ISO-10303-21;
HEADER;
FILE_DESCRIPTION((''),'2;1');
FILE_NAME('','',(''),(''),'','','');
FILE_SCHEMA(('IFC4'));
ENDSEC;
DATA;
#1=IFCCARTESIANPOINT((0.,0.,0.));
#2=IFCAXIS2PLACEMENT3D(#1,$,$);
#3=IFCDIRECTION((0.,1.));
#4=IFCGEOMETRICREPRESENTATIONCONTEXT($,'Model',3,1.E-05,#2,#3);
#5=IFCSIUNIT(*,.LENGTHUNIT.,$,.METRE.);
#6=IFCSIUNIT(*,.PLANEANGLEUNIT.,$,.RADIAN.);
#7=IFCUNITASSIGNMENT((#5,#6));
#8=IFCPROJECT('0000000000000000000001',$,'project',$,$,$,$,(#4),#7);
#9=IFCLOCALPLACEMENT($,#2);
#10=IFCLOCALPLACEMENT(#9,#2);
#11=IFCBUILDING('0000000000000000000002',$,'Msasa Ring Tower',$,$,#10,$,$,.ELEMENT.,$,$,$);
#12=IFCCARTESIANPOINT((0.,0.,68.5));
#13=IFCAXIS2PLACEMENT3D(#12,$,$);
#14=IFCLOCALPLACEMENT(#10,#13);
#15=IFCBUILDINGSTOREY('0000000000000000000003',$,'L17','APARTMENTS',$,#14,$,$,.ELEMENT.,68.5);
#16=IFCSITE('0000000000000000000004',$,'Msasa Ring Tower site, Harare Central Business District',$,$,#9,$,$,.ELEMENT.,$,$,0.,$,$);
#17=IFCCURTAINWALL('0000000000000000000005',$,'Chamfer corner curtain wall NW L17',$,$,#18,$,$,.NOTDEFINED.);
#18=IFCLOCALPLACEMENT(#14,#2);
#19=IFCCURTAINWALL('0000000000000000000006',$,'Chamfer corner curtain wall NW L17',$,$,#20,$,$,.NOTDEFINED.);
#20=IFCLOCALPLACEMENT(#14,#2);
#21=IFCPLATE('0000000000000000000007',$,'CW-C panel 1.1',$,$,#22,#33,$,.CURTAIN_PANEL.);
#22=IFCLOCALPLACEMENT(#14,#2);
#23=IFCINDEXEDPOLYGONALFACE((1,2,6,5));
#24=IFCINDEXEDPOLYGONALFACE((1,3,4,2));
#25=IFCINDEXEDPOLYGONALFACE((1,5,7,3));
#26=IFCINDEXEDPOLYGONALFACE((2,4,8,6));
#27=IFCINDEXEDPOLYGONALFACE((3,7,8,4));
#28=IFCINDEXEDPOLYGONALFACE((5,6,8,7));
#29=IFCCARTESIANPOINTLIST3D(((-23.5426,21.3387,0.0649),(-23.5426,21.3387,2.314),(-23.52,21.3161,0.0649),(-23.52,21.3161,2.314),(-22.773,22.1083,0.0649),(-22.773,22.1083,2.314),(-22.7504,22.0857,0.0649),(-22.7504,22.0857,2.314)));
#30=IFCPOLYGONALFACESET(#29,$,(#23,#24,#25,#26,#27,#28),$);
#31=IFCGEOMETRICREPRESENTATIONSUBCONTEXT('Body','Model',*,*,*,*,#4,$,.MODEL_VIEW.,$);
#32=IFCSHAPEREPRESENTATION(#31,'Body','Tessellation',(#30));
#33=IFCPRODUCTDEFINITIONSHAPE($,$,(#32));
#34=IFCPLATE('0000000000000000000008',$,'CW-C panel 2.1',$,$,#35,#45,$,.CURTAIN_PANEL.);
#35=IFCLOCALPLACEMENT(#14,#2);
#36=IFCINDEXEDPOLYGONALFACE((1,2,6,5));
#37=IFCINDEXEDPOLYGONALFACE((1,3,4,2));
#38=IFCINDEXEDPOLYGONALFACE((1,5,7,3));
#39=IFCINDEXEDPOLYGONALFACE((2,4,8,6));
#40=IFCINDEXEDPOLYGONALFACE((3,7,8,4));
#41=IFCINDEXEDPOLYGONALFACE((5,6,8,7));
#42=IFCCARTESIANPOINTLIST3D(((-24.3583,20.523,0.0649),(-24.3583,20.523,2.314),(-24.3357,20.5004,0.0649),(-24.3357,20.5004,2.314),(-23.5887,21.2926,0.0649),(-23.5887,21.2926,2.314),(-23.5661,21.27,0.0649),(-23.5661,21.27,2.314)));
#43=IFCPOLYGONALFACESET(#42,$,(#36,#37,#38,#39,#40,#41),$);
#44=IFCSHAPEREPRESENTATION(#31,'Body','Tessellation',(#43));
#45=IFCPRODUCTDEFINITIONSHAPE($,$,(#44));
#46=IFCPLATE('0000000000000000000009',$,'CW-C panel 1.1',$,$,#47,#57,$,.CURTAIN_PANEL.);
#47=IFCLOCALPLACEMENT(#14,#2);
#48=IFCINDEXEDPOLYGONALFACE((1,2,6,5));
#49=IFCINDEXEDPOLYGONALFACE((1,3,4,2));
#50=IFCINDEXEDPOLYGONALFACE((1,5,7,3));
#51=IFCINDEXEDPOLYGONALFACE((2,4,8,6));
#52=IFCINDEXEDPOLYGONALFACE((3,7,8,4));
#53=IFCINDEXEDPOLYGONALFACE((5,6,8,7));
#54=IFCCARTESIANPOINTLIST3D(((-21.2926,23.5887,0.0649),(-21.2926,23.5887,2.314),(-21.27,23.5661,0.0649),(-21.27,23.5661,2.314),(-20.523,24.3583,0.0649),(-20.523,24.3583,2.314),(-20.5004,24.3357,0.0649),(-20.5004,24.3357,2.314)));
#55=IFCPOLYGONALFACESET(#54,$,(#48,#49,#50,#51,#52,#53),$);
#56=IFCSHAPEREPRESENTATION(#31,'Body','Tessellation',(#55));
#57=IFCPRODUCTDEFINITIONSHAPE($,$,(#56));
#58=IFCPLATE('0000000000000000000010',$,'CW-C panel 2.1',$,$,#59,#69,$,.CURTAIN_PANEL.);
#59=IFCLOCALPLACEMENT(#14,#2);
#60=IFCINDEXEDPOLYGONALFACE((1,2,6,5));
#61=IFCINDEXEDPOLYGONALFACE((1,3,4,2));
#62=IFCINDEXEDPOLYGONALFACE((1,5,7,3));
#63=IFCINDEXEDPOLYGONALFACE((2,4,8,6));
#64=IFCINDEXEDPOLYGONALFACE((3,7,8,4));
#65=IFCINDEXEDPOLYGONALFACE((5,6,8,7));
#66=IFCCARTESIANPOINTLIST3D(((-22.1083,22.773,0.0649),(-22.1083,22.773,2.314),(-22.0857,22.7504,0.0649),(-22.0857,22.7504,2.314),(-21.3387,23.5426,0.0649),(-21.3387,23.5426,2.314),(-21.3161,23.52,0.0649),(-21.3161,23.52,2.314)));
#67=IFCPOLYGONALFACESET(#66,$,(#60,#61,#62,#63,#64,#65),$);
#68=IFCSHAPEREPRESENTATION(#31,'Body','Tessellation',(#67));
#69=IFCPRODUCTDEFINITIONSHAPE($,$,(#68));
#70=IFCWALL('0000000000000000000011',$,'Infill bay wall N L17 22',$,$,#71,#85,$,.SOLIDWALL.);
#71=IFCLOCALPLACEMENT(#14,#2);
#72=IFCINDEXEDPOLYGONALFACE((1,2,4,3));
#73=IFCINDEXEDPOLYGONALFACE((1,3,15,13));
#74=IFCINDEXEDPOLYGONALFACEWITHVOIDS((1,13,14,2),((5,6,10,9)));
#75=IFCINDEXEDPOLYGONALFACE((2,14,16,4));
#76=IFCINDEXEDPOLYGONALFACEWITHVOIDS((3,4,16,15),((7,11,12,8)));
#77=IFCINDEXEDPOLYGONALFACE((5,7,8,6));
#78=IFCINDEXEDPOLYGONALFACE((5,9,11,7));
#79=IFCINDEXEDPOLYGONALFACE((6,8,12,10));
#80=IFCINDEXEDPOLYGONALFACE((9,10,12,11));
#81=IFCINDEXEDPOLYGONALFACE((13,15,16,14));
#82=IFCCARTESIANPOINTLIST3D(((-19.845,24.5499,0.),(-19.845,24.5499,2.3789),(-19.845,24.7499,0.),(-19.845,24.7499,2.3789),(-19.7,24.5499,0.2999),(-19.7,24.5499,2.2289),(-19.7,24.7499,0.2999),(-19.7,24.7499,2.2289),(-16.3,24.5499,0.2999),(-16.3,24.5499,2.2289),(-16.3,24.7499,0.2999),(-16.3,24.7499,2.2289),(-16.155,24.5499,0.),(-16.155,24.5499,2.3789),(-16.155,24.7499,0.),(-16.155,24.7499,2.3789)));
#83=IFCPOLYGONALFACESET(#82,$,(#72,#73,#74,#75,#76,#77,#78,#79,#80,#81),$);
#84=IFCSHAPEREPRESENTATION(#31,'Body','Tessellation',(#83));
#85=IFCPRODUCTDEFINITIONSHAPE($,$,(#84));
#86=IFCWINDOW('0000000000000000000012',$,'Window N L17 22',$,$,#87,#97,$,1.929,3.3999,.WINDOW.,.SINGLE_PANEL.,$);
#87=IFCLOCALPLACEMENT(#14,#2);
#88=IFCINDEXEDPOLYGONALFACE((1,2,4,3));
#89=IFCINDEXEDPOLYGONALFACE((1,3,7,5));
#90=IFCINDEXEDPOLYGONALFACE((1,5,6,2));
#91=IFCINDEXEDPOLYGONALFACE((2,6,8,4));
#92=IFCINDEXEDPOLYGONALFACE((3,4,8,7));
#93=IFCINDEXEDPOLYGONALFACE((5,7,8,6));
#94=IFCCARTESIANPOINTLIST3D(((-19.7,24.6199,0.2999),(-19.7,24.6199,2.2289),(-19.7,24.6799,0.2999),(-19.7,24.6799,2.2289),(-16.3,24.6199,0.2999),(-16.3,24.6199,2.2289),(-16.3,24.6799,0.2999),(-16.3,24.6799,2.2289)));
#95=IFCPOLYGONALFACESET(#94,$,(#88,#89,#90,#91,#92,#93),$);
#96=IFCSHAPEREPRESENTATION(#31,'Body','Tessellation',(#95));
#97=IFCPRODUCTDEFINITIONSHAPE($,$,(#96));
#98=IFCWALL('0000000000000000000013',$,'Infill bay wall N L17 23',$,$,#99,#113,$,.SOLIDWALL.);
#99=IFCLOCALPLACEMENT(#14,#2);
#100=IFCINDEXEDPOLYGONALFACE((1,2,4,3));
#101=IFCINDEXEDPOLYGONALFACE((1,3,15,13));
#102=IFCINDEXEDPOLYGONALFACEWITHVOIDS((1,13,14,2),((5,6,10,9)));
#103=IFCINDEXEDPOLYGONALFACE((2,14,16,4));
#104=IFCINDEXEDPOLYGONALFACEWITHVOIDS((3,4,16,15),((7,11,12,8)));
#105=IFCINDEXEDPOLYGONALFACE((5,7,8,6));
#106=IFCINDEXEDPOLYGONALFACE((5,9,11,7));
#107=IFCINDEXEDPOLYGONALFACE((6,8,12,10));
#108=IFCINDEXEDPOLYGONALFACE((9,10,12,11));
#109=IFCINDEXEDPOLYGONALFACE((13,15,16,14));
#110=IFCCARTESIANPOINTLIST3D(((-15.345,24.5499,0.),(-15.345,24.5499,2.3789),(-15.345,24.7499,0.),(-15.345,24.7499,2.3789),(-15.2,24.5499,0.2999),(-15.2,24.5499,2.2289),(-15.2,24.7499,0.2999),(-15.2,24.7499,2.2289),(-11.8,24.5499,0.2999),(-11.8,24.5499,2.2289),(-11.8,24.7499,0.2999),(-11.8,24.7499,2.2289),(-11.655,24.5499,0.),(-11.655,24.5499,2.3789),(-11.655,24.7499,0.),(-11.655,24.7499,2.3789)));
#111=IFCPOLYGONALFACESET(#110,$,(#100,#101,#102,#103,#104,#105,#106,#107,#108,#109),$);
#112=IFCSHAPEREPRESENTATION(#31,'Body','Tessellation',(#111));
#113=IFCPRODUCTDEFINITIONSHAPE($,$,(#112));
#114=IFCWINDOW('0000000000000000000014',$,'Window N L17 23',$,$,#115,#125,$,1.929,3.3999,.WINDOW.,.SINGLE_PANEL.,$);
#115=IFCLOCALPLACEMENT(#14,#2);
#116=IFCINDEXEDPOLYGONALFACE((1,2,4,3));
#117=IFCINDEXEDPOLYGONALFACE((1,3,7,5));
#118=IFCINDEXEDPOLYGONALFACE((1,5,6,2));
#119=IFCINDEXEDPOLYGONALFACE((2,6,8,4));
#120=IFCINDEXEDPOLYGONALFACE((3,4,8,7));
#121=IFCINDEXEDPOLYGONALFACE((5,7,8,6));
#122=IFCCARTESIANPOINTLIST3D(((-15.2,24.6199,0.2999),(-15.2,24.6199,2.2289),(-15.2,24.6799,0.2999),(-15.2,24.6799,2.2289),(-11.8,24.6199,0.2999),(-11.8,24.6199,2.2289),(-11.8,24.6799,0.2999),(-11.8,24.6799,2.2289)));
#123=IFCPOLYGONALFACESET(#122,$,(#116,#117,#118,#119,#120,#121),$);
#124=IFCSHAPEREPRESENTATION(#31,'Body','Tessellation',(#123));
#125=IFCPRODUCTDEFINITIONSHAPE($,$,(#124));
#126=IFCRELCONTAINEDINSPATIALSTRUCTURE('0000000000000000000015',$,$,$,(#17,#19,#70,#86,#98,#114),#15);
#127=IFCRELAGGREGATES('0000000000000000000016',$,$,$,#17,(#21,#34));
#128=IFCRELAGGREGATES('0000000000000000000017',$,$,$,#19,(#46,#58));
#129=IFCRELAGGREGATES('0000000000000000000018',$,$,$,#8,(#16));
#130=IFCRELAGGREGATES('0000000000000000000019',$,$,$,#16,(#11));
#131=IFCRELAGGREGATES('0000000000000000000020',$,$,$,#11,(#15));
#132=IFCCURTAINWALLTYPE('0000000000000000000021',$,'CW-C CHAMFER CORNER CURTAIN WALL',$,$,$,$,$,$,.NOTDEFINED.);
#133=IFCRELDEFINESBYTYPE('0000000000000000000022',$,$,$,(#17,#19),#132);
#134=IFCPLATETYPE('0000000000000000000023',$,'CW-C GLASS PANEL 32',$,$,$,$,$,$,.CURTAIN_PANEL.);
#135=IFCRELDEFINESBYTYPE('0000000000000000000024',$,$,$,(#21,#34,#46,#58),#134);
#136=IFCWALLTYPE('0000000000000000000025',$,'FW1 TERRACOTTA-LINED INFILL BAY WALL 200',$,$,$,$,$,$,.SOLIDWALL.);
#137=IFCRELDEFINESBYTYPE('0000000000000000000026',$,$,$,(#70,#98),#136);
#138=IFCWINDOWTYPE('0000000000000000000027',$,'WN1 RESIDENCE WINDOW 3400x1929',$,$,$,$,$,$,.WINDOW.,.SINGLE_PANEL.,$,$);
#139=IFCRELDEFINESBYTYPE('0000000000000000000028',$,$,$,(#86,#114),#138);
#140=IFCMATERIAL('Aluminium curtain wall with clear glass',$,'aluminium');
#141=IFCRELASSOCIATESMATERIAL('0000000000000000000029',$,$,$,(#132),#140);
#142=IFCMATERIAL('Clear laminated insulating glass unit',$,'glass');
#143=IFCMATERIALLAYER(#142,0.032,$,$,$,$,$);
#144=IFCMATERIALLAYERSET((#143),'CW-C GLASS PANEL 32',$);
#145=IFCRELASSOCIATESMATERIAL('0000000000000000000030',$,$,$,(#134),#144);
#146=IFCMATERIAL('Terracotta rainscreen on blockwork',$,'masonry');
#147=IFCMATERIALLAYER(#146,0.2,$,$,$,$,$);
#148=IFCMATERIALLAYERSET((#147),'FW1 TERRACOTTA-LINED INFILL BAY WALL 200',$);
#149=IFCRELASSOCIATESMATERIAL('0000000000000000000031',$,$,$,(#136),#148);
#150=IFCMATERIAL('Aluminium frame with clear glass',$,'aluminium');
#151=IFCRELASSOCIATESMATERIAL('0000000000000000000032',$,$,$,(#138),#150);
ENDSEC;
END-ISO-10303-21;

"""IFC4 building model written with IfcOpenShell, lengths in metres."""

from ifc_helpers import new_model, si_unit, direction, frame, frame_2d, origin, origin_2d, place, context, subcontext, project, spatial, rectangle, extrude, material, layer, layer_set, type_object, element, fill, aggregate, save


model = new_model("IFC4")

# Units and contexts
model_context = context("Model", 3, precision=1e-05, world=origin(), true_north=direction((0.0, 1.0)))
body_context = subcontext(model_context, "Body", "Model", "MODEL_VIEW")
ifc_project = project(units=[si_unit("LENGTHUNIT", "METRE"), si_unit("PLANEANGLEUNIT", "RADIAN")], contexts=[model_context])

# Site, building, storey
site_placement = place(None, origin())
site = spatial("IfcSite", under=ifc_project, at=site_placement, Name="Msasa Ring Tower site, Harare Central Business District", CompositionType="ELEMENT", RefElevation=0.0)
building_placement = place(site_placement, origin())
building = spatial("IfcBuilding", under=site, at=building_placement, Name="Msasa Ring Tower", CompositionType="ELEMENT")
storey_placement = place(building_placement, frame((0.0, 0.0, 68.5)))
storey = spatial("IfcBuildingStorey", under=building, at=storey_placement, Name="L17", Description="APARTMENTS", CompositionType="ELEMENT", Elevation=68.5)

# Curtain walls
ifc_material_1 = material(Name="Aluminium curtain wall with clear glass", Category="aluminium")
curtain_wall_type = type_object("IfcCurtainWallType", Name="CW-C CHAMFER CORNER CURTAIN WALL", PredefinedType="NOTDEFINED", material=ifc_material_1)
curtain_wall_1_placement = place(storey_placement, origin())
curtain_wall_1 = element("IfcCurtainWall", 1, at=curtain_wall_1_placement, inside=storey, type_object=curtain_wall_type, Name="Chamfer corner curtain wall NW L17", PredefinedType="NOTDEFINED")
curtain_wall_2_placement = place(storey_placement, origin())
curtain_wall_2 = element("IfcCurtainWall", 2, at=curtain_wall_2_placement, inside=storey, type_object=curtain_wall_type, Name="Chamfer corner curtain wall NW L17", PredefinedType="NOTDEFINED")

# Plates
ifc_material_2 = material(Name="Clear laminated insulating glass unit", Category="glass")
ifc_layer_1 = layer(ifc_material_2, 0.032)
ifc_layer_set_1 = layer_set([ifc_layer_1], Name="CW-C GLASS PANEL 32")
plate_type = type_object("IfcPlateType", Name="CW-C GLASS PANEL 32", PredefinedType="CURTAIN_PANEL", material=ifc_layer_set_1)
plate_1_placement = place(storey_placement, frame((-23.1465, 21.7122, 0.0649), z_axis=(0.0, 0.0, 1.0), x_axis=(-0.707107, -0.707107, 0.0)))
plate_1 = element("IfcPlate", 3, at=plate_1_placement, type_object=plate_type, Name="CW-C panel 1.1", PredefinedType="CURTAIN_PANEL", context=body_context, shape_type="SweptSolid", body=[
    extrude(rectangle(XDim=1.0884, YDim=0.032, at=origin_2d()), origin(), (0.0, 0.0, 1.0), 2.249),
])
plate_2_placement = place(storey_placement, frame((-23.9622, 20.8965, 0.0649), z_axis=(0.0, 0.0, 1.0), x_axis=(-0.707107, -0.707107, 0.0)))
plate_2 = element("IfcPlate", 4, at=plate_2_placement, type_object=plate_type, Name="CW-C panel 2.1", PredefinedType="CURTAIN_PANEL", context=body_context, shape_type="SweptSolid", body=[
    extrude(rectangle(XDim=1.0884, YDim=0.032, at=origin_2d()), origin(), (0.0, 0.0, 1.0), 2.249),
])
aggregate(curtain_wall_1, [plate_1, plate_2])
plate_3_placement = place(storey_placement, frame((-20.8965, 23.9622, 0.0649), z_axis=(0.0, 0.0, 1.0), x_axis=(-0.707107, -0.707107, 0.0)))
plate_3 = element("IfcPlate", 5, at=plate_3_placement, type_object=plate_type, Name="CW-C panel 1.1", PredefinedType="CURTAIN_PANEL", context=body_context, shape_type="SweptSolid", body=[
    extrude(rectangle(XDim=1.0884, YDim=0.032, at=origin_2d()), origin(), (0.0, 0.0, 1.0), 2.249),
])
plate_4_placement = place(storey_placement, frame((-21.7122, 23.1465, 0.0649), z_axis=(0.0, 0.0, 1.0), x_axis=(-0.707107, -0.707107, 0.0)))
plate_4 = element("IfcPlate", 6, at=plate_4_placement, type_object=plate_type, Name="CW-C panel 2.1", PredefinedType="CURTAIN_PANEL", context=body_context, shape_type="SweptSolid", body=[
    extrude(rectangle(XDim=1.0884, YDim=0.032, at=origin_2d()), origin(), (0.0, 0.0, 1.0), 2.249),
])
aggregate(curtain_wall_2, [plate_3, plate_4])

# Walls, openings, windows
ifc_material_3 = material(Name="Terracotta rainscreen on blockwork", Category="masonry")
ifc_layer_2 = layer(ifc_material_3, 0.2)
ifc_layer_set_2 = layer_set([ifc_layer_2], Name="FW1 TERRACOTTA-LINED INFILL BAY WALL 200")
wall_type = type_object("IfcWallType", Name="FW1 TERRACOTTA-LINED INFILL BAY WALL 200", PredefinedType="SOLIDWALL", material=ifc_layer_set_2)
wall_1_placement = place(storey_placement, frame((-19.845, 24.6499, 0.0), z_axis=(0.0, 0.0, 1.0), x_axis=(1.0, 0.0, 0.0)))
wall_1 = element("IfcWall", 7, at=wall_1_placement, inside=storey, type_object=wall_type, Name="Infill bay wall N L17 22", PredefinedType="SOLIDWALL", context=body_context, shape_type="SweptSolid", body=[
    extrude(rectangle(XDim=3.6899, YDim=0.2, at=frame_2d((1.845, 0.0))), origin(), (0.0, 0.0, 1.0), 2.3789),
])
opening_1_placement = place(wall_1_placement, frame((0.145, 0.0, 0.3)))
opening_1 = element("IfcOpeningElement", 8, at=opening_1_placement, cuts=wall_1, PredefinedType="OPENING", context=body_context, shape_type="SweptSolid", body=[
    extrude(rectangle(XDim=3.3999, YDim=1.929, at=frame_2d((1.7, 0.9644))), frame((0.0, 0.1099, 0.0), z_axis=(0.0, -1.0, 0.0), x_axis=(1.0, 0.0, 0.0)), (0.0, 0.0, 1.0), 0.22),
])
ifc_material_4 = material(Name="Aluminium frame with clear glass", Category="aluminium")
window_type = type_object("IfcWindowType", Name="WN1 RESIDENCE WINDOW 3400x1929", PartitioningType="SINGLE_PANEL", PredefinedType="WINDOW", material=ifc_material_4)
window_1_placement = place(opening_1_placement, origin())
window_1 = element("IfcWindow", 9, at=window_1_placement, inside=storey, type_object=window_type, Name="Window N L17 22", OverallHeight=1.929, OverallWidth=3.3999, PartitioningType="SINGLE_PANEL", PredefinedType="WINDOW", context=body_context, shape_type="SweptSolid", body=[
    extrude(rectangle(XDim=3.3999, YDim=1.929, at=frame_2d((1.7, 0.9644))), frame((0.0, 0.03, 0.0), z_axis=(0.0, -1.0, 0.0), x_axis=(1.0, 0.0, 0.0)), (0.0, 0.0, 1.0), 0.0601),
])
fill(opening_1, window_1)
wall_2_placement = place(storey_placement, frame((-15.345, 24.6499, 0.0), z_axis=(0.0, 0.0, 1.0), x_axis=(1.0, 0.0, 0.0)))
wall_2 = element("IfcWall", 10, at=wall_2_placement, inside=storey, type_object=wall_type, Name="Infill bay wall N L17 23", PredefinedType="SOLIDWALL", context=body_context, shape_type="SweptSolid", body=[
    extrude(rectangle(XDim=3.6899, YDim=0.2, at=frame_2d((1.845, 0.0))), origin(), (0.0, 0.0, 1.0), 2.3789),
])
opening_2_placement = place(wall_2_placement, frame((0.145, 0.0, 0.3)))
opening_2 = element("IfcOpeningElement", 11, at=opening_2_placement, cuts=wall_2, PredefinedType="OPENING", context=body_context, shape_type="SweptSolid", body=[
    extrude(rectangle(XDim=3.3999, YDim=1.929, at=frame_2d((1.7, 0.9644))), frame((0.0, 0.1099, 0.0), z_axis=(0.0, -1.0, 0.0), x_axis=(1.0, 0.0, 0.0)), (0.0, 0.0, 1.0), 0.22),
])
window_2_placement = place(opening_2_placement, origin())
window_2 = element("IfcWindow", 12, at=window_2_placement, inside=storey, type_object=window_type, Name="Window N L17 23", OverallHeight=1.929, OverallWidth=3.3999, PartitioningType="SINGLE_PANEL", PredefinedType="WINDOW", context=body_context, shape_type="SweptSolid", body=[
    extrude(rectangle(XDim=3.3999, YDim=1.929, at=frame_2d((1.7, 0.9644))), frame((0.0, 0.03, 0.0), z_axis=(0.0, -1.0, 0.0), x_axis=(1.0, 0.0, 0.0)), (0.0, 0.0, 1.0), 0.0601),
])
fill(opening_2, window_2)

save(model, "model.ifc")
